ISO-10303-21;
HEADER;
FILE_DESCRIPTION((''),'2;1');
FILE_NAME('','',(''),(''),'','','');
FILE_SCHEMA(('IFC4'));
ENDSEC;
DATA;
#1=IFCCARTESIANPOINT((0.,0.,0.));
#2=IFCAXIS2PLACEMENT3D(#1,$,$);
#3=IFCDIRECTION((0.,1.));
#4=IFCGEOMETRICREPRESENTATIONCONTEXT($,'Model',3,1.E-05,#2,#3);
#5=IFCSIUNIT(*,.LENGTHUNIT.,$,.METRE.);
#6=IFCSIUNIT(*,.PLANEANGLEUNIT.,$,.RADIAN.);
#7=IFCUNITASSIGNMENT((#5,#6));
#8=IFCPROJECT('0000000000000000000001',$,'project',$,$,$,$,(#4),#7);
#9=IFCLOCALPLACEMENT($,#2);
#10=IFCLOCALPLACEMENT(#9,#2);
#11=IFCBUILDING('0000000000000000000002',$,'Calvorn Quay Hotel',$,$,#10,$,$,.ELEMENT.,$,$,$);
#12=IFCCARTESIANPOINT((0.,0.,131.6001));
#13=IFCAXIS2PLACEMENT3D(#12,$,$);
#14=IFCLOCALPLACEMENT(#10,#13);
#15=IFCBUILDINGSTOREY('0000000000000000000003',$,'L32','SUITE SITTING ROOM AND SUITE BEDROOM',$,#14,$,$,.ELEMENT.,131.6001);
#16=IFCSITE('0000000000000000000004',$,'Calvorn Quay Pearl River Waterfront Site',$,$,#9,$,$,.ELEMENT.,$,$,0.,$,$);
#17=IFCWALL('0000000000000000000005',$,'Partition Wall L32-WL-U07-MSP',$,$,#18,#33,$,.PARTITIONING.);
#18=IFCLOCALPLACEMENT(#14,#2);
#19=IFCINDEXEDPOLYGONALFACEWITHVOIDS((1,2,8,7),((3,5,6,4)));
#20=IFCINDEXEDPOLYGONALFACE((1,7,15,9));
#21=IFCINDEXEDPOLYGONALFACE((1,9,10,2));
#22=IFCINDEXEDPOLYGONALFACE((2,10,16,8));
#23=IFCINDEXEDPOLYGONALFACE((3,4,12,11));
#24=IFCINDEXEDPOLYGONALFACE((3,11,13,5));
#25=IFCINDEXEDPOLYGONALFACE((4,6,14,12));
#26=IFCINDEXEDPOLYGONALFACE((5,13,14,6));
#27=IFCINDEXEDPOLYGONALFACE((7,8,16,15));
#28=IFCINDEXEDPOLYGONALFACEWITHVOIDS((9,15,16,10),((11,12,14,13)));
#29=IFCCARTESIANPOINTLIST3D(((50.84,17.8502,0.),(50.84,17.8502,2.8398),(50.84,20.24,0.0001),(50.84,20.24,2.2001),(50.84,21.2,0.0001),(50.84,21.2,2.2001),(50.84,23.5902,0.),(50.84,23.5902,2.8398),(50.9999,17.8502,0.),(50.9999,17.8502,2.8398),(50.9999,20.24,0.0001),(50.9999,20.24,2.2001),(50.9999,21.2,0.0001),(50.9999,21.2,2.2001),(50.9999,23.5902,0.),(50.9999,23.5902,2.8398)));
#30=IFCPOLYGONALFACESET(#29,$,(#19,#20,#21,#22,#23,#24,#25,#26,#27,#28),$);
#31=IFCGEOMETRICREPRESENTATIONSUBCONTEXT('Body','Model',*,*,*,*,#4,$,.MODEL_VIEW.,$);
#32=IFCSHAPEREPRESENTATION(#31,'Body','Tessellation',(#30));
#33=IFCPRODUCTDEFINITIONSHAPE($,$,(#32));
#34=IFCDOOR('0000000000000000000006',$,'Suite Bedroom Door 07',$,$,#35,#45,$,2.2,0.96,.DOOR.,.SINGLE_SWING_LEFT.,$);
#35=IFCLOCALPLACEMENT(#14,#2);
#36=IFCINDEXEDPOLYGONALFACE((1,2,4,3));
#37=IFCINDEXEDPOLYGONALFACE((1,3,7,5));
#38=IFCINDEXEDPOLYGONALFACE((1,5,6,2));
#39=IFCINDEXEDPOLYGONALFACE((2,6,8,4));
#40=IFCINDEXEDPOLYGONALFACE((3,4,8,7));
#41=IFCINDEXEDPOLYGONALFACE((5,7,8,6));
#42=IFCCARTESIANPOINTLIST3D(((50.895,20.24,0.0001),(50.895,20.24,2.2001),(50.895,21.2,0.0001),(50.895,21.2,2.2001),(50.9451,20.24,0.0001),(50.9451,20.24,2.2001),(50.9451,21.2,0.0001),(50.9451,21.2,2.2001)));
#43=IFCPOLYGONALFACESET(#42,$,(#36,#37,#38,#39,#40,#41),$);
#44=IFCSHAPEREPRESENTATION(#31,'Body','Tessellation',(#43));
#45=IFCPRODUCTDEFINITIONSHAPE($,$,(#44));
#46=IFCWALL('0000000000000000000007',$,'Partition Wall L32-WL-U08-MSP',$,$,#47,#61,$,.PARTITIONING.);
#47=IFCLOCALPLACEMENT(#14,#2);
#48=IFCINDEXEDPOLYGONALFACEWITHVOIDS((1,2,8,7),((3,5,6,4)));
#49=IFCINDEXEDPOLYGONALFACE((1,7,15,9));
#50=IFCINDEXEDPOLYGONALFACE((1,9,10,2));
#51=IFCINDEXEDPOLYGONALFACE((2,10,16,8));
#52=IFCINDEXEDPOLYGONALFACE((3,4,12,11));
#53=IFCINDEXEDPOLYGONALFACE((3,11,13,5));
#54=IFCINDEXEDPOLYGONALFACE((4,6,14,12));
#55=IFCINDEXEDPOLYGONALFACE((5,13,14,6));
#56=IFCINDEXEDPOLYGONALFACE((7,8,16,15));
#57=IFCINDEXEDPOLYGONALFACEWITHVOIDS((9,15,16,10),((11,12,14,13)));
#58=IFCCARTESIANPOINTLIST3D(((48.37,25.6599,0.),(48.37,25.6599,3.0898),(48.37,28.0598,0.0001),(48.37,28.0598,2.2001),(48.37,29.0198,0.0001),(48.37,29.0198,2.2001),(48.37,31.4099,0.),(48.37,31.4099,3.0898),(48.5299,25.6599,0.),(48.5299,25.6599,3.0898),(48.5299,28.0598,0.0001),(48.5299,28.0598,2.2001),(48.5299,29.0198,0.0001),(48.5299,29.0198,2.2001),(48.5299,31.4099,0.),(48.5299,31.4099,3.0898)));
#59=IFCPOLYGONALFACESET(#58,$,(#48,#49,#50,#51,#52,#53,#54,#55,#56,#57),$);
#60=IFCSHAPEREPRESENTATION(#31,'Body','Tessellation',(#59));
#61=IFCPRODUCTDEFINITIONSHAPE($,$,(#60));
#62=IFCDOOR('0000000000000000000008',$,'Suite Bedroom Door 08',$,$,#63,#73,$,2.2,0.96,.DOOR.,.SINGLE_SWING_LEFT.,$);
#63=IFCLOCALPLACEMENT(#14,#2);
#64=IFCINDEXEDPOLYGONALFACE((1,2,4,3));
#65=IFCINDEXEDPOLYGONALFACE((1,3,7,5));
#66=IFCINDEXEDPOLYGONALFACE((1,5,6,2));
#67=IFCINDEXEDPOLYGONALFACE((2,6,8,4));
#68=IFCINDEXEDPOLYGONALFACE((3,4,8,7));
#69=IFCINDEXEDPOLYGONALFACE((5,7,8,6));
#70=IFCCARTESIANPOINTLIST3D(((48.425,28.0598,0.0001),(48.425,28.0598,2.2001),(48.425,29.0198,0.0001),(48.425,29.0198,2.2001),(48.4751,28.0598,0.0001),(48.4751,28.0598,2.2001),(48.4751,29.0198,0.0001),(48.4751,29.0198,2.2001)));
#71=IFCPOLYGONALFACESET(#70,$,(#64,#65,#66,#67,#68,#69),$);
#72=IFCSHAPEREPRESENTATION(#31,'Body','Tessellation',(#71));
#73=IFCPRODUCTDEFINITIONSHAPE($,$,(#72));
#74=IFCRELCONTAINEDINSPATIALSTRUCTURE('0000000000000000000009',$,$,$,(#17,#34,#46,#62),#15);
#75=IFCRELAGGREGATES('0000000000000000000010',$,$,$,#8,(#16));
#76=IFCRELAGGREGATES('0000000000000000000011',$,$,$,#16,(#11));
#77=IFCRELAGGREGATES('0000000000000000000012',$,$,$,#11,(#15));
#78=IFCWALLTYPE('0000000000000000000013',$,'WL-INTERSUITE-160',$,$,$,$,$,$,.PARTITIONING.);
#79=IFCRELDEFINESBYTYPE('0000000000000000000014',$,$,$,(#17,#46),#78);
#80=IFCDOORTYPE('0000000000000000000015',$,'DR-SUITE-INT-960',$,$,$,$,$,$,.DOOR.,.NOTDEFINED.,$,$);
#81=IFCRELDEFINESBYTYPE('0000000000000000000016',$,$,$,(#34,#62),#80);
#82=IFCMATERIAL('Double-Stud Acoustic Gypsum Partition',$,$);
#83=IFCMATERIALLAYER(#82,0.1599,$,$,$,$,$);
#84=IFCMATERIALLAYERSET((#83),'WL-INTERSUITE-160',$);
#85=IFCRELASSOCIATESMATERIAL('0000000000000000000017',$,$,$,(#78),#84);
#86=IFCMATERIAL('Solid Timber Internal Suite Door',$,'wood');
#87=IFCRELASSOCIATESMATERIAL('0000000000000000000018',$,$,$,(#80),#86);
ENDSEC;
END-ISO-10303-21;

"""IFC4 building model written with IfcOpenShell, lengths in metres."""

from ifc_helpers import new_model, si_unit, direction, frame, frame_2d, origin, place, context, subcontext, project, spatial, rectangle, extrude, material, layer, layer_set, type_object, element, fill, save


model = new_model("IFC4")

# Units and contexts
model_context = context("Model", 3, precision=1e-05, world=origin(), true_north=direction((0.0, 1.0)))
body_context = subcontext(model_context, "Body", "Model", "MODEL_VIEW")
ifc_project = project(units=[si_unit("LENGTHUNIT", "METRE"), si_unit("PLANEANGLEUNIT", "RADIAN")], contexts=[model_context])

# Site, building, storey
site_placement = place(None, origin())
site = spatial("IfcSite", under=ifc_project, at=site_placement, Name="Calvorn Quay Pearl River Waterfront Site", CompositionType="ELEMENT", RefElevation=0.0)
building_placement = place(site_placement, origin())
building = spatial("IfcBuilding", under=site, at=building_placement, Name="Calvorn Quay Hotel", CompositionType="ELEMENT")
storey_placement = place(building_placement, frame((0.0, 0.0, 131.6001)))
storey = spatial("IfcBuildingStorey", under=building, at=storey_placement, Name="L32", Description="SUITE SITTING ROOM AND SUITE BEDROOM", CompositionType="ELEMENT", Elevation=131.6001)

# Walls, openings, doors
ifc_material_1 = material(Name="Double-Stud Acoustic Gypsum Partition")
ifc_layer_1 = layer(ifc_material_1, 0.1599)
ifc_layer_set_1 = layer_set([ifc_layer_1], Name="WL-INTERSUITE-160")
wall_type_1 = type_object("IfcWallType", Name="WL-INTERSUITE-160", PredefinedType="PARTITIONING", material=ifc_layer_set_1)
wall_1_placement = place(storey_placement, frame((50.9199, 17.8501, 0.0), z_axis=(0.0, 0.0, 1.0), x_axis=(0.0, 1.0, 0.0)))
wall_1 = element("IfcWall", 1, at=wall_1_placement, inside=storey, type_object=wall_type_1, Name="Partition Wall L32-WL-U07-MSP", PredefinedType="PARTITIONING", context=body_context, shape_type="SweptSolid", body=[
    extrude(rectangle(XDim=5.74, YDim=0.1599, at=frame_2d((2.8701, 0.0))), origin(), (0.0, 0.0, 1.0), 2.8398),
])
opening_1_placement = place(wall_1_placement, frame((2.3899, 0.0, 0.0)))
opening_1 = element("IfcOpeningElement", 2, at=opening_1_placement, cuts=wall_1, PredefinedType="OPENING", context=body_context, shape_type="SweptSolid", body=[
    extrude(rectangle(XDim=0.96, YDim=2.2, at=frame_2d((0.48, 1.1001))), frame((0.0, 0.0898, 0.0), z_axis=(0.0, -1.0, 0.0), x_axis=(1.0, 0.0, 0.0)), (0.0, 0.0, 1.0), 0.1799),
])
ifc_material_2 = material(Name="Solid Timber Internal Suite Door", Category="wood")
door_type = type_object("IfcDoorType", Name="DR-SUITE-INT-960", OperationType="NOTDEFINED", PredefinedType="DOOR", material=ifc_material_2)
door_1_placement = place(opening_1_placement, origin())
door_1 = element("IfcDoor", 3, at=door_1_placement, inside=storey, type_object=door_type, Name="Suite Bedroom Door 07", OperationType="SINGLE_SWING_LEFT", OverallHeight=2.2, OverallWidth=0.96, PredefinedType="DOOR", context=body_context, shape_type="SweptSolid", body=[
    extrude(rectangle(XDim=0.96, YDim=2.2, at=frame_2d((0.48, 1.1001))), frame((0.0, 0.0249, 0.0), z_axis=(0.0, -1.0, 0.0), x_axis=(1.0, 0.0, 0.0)), (0.0, 0.0, 1.0), 0.05),
])
fill(opening_1, door_1)
wall_2_placement = place(storey_placement, frame((48.45, 25.6599, 0.0), z_axis=(0.0, 0.0, 1.0), x_axis=(0.0, 1.0, 0.0)))
wall_2 = element("IfcWall", 4, at=wall_2_placement, inside=storey, type_object=wall_type_1, Name="Partition Wall L32-WL-U08-MSP", PredefinedType="PARTITIONING", context=body_context, shape_type="SweptSolid", body=[
    extrude(rectangle(XDim=5.75, YDim=0.1599, at=frame_2d((2.875, 0.0))), origin(), (0.0, 0.0, 1.0), 3.0898),
])
opening_2_placement = place(wall_2_placement, frame((2.3999, 0.0, 0.0)))
opening_2 = element("IfcOpeningElement", 5, at=opening_2_placement, cuts=wall_2, PredefinedType="OPENING", context=body_context, shape_type="SweptSolid", body=[
    extrude(rectangle(XDim=0.96, YDim=2.2, at=frame_2d((0.48, 1.1001))), frame((0.0, 0.0898, 0.0), z_axis=(0.0, -1.0, 0.0), x_axis=(1.0, 0.0, 0.0)), (0.0, 0.0, 1.0), 0.1799),
])
door_2_placement = place(opening_2_placement, origin())
door_2 = element("IfcDoor", 6, at=door_2_placement, inside=storey, type_object=door_type, Name="Suite Bedroom Door 08", OperationType="SINGLE_SWING_LEFT", OverallHeight=2.2, OverallWidth=0.96, PredefinedType="DOOR", context=body_context, shape_type="SweptSolid", body=[
    extrude(rectangle(XDim=0.96, YDim=2.2, at=frame_2d((0.48, 1.1001))), frame((0.0, 0.0249, 0.0), z_axis=(0.0, -1.0, 0.0), x_axis=(1.0, 0.0, 0.0)), (0.0, 0.0, 1.0), 0.05),
])
fill(opening_2, door_2)

save(model, "model.ifc")
